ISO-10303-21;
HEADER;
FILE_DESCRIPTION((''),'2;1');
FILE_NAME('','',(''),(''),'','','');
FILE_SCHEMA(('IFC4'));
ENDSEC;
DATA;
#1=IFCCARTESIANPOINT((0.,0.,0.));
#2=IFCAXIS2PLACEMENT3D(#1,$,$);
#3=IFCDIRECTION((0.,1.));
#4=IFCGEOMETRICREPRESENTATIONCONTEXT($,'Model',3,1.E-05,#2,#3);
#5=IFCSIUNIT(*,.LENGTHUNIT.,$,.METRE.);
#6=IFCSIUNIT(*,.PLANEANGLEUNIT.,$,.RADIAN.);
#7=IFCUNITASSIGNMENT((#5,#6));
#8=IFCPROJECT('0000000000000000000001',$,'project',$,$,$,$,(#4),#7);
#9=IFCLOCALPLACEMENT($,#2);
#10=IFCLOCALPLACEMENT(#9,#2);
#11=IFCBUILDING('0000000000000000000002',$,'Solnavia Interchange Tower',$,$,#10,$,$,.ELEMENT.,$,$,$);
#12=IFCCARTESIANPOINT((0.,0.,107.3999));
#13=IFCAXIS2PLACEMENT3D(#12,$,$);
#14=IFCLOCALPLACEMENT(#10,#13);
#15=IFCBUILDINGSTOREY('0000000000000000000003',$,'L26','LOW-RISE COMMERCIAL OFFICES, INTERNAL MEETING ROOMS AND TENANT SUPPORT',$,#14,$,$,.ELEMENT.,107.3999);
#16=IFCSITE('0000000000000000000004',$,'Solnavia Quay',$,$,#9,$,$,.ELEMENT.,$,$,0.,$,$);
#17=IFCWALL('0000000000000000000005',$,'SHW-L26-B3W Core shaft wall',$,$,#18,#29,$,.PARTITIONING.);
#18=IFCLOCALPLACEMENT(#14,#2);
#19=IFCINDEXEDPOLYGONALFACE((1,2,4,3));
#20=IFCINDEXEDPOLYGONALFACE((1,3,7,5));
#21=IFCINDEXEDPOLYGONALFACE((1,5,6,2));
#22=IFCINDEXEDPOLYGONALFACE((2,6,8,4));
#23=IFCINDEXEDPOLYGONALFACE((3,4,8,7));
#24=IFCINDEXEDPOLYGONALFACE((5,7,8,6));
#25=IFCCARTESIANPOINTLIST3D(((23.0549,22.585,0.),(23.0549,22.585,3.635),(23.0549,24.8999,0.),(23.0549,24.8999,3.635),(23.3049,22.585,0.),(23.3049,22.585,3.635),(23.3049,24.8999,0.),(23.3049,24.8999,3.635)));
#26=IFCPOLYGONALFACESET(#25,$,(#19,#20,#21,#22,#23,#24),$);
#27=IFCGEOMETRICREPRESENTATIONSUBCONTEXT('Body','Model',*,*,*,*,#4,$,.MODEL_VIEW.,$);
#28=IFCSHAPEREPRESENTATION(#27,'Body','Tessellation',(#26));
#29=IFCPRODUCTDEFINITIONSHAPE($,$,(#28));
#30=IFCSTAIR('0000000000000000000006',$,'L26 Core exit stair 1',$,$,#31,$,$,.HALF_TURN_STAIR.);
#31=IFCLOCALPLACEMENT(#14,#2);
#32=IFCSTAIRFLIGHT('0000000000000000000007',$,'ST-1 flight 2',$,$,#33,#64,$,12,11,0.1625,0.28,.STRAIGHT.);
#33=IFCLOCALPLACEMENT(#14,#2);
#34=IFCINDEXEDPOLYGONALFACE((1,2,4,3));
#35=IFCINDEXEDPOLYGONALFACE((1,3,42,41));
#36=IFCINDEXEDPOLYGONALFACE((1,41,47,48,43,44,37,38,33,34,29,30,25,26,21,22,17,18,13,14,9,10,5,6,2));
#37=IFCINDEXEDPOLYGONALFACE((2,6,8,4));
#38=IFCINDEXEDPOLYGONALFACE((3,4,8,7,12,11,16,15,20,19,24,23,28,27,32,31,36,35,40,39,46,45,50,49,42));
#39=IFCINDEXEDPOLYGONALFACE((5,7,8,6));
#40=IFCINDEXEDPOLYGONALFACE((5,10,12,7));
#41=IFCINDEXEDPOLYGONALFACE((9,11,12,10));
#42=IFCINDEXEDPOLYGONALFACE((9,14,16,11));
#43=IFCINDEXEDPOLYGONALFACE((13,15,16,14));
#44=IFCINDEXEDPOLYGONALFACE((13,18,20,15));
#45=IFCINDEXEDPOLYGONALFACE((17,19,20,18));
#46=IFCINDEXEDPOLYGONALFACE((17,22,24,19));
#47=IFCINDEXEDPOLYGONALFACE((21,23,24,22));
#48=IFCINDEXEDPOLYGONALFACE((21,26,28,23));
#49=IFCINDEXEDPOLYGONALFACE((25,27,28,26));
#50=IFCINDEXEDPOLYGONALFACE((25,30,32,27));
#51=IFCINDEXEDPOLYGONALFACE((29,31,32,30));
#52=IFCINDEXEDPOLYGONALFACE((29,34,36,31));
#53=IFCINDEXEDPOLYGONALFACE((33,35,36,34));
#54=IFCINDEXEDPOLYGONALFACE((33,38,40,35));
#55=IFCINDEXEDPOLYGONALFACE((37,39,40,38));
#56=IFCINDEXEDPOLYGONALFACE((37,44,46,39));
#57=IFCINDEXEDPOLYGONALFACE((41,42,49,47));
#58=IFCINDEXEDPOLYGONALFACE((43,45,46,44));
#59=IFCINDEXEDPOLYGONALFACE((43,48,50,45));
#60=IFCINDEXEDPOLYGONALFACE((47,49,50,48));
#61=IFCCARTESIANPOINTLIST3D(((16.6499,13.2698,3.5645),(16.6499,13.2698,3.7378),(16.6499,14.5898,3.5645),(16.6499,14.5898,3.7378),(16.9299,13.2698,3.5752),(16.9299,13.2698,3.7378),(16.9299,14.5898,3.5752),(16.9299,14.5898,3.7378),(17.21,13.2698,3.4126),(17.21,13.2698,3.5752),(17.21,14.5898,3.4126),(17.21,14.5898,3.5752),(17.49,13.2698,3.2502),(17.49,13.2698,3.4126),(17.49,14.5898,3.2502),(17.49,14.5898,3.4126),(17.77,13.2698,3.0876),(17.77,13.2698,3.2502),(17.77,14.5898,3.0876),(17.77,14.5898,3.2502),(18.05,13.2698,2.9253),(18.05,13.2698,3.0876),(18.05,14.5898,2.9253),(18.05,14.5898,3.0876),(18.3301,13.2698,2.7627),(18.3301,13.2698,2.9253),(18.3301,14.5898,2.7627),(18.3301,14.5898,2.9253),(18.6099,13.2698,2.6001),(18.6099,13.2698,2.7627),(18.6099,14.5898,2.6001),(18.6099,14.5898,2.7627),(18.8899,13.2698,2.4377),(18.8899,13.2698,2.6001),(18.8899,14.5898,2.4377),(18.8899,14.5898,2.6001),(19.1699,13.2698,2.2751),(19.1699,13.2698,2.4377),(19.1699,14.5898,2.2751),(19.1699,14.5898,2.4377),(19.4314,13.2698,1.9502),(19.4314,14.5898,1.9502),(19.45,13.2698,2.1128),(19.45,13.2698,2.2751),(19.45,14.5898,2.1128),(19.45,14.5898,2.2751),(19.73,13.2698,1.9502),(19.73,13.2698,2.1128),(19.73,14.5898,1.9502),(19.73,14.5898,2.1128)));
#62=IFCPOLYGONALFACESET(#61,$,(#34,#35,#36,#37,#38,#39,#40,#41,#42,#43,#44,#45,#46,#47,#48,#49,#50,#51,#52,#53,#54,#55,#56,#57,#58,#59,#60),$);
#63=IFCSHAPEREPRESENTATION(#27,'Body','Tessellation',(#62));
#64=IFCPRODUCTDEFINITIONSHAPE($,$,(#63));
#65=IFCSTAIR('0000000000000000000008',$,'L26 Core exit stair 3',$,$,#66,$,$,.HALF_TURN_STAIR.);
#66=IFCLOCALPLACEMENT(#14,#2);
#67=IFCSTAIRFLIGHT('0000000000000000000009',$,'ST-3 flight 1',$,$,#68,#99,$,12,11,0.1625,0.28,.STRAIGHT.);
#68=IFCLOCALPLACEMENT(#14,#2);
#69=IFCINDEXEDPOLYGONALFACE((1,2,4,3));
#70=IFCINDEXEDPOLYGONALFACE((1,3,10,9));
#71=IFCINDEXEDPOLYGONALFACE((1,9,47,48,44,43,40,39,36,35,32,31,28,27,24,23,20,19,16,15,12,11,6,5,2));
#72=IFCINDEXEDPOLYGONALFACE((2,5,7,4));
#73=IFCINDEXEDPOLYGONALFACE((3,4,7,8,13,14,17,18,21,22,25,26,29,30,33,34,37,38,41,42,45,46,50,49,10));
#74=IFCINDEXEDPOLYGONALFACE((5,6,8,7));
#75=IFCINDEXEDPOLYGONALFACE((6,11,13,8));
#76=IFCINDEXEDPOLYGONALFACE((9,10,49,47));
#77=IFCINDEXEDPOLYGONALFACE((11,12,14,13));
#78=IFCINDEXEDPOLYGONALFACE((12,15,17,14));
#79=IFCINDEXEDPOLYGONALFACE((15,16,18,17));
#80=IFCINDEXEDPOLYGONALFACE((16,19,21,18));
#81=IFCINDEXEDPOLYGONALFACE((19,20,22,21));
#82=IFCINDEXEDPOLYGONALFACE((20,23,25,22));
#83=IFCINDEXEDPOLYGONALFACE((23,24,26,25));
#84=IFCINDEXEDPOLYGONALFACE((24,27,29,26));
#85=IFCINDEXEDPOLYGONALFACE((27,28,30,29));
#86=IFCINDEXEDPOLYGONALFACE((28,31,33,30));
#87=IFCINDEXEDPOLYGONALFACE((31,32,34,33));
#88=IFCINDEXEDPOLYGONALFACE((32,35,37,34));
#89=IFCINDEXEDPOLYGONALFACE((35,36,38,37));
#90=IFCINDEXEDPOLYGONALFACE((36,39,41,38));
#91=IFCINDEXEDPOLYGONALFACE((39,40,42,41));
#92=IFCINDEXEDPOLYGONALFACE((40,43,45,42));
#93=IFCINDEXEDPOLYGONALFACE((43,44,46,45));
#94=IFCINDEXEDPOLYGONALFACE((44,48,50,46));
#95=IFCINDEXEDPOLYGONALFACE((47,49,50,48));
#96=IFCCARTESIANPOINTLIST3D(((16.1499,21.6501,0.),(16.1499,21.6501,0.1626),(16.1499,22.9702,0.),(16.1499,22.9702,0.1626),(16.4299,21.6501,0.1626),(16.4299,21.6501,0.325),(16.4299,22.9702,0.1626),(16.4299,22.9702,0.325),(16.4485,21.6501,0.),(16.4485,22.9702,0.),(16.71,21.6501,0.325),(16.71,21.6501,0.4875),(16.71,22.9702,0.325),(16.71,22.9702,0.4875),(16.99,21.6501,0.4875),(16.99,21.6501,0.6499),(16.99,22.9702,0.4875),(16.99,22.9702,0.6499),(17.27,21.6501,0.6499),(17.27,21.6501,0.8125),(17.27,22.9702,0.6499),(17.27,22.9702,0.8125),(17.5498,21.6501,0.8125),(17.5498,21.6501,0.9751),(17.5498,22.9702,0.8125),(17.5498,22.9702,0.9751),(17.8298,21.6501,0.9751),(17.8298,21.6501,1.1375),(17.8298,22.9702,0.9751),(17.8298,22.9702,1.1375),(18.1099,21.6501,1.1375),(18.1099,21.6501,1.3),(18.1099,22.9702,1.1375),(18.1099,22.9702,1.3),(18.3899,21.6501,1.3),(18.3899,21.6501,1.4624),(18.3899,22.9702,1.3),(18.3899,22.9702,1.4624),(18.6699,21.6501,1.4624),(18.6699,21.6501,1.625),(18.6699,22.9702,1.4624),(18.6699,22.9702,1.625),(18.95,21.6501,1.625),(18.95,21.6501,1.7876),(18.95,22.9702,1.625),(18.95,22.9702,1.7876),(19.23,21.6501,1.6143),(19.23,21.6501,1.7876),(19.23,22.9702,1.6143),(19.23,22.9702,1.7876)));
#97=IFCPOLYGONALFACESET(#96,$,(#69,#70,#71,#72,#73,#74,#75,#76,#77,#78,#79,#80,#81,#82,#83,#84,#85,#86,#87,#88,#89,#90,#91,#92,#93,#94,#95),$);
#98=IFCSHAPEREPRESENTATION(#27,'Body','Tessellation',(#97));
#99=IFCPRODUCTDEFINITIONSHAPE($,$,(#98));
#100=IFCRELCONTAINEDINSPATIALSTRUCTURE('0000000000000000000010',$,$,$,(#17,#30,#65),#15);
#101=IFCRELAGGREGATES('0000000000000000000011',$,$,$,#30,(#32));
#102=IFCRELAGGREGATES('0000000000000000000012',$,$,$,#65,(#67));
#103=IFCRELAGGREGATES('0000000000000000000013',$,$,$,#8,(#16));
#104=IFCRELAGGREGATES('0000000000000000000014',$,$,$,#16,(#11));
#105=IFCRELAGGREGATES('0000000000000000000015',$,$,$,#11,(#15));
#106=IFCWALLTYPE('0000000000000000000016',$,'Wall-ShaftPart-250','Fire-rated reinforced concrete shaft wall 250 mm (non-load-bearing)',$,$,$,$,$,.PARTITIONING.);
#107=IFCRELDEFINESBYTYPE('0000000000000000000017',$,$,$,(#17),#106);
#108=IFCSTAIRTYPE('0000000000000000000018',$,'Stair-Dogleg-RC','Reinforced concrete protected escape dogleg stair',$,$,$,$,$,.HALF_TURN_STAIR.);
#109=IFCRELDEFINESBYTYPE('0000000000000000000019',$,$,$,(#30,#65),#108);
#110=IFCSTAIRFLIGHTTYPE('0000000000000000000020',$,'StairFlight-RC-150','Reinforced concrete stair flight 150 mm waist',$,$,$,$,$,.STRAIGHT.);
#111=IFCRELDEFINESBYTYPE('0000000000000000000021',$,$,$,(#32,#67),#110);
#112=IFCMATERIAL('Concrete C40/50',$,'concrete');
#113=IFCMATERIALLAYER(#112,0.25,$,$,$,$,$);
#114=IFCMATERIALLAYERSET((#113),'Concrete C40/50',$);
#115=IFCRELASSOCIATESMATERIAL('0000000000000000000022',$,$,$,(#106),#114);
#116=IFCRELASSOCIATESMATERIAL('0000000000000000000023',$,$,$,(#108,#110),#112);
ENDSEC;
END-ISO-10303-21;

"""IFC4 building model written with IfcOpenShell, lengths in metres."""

from ifc_helpers import new_model, si_unit, direction, frame, frame_2d, origin, place, context, subcontext, project, spatial, polyline, rectangle, outline, extrude, material, layer, layer_set, type_object, element, aggregate, save


model = new_model("IFC4")

# Units and contexts
model_context = context("Model", 3, precision=1e-05, world=origin(), true_north=direction((0.0, 1.0)))
body_context = subcontext(model_context, "Body", "Model", "MODEL_VIEW")
ifc_project = project(units=[si_unit("LENGTHUNIT", "METRE"), si_unit("PLANEANGLEUNIT", "RADIAN")], contexts=[model_context])

# Site, building, storey
site_placement = place(None, origin())
site = spatial("IfcSite", under=ifc_project, at=site_placement, Name="Solnavia Quay", CompositionType="ELEMENT", RefElevation=0.0)
building_placement = place(site_placement, origin())
building = spatial("IfcBuilding", under=site, at=building_placement, Name="Solnavia Interchange Tower", CompositionType="ELEMENT")
storey_placement = place(building_placement, frame((0.0, 0.0, 107.3999)))
storey = spatial("IfcBuildingStorey", under=building, at=storey_placement, Name="L26", Description="LOW-RISE COMMERCIAL OFFICES, INTERNAL MEETING ROOMS AND TENANT SUPPORT", CompositionType="ELEMENT", Elevation=107.3999)

# Shared definitions
ifc_material_1 = material(Name="Concrete C40/50", Category="concrete")

# Shared definitions
ifc_layer_1 = layer(ifc_material_1, 0.25)
ifc_layer_set_1 = layer_set([ifc_layer_1], Name="Concrete C40/50")
wall_type_1 = type_object("IfcWallType", Name="Wall-ShaftPart-250", Description="Fire-rated reinforced concrete shaft wall 250 mm (non-load-bearing)", PredefinedType="PARTITIONING", material=ifc_layer_set_1)

# Wall
wall_1_placement = place(storey_placement, frame((23.1799, 22.585, 0.0), z_axis=(0.0, 0.0, 1.0), x_axis=(0.0, 1.0, 0.0)))
element("IfcWall", 1, at=wall_1_placement, inside=storey, type_object=wall_type_1, Name="SHW-L26-B3W Core shaft wall", PredefinedType="PARTITIONING", context=body_context, shape_type="SweptSolid", body=[
    extrude(rectangle(XDim=2.3149, YDim=0.25, at=frame_2d((1.1575, 0.0))), origin(), (0.0, 0.0, 1.0), 3.635),
])

# Stairs, stair flights
stair_type = type_object("IfcStairType", Name="Stair-Dogleg-RC", Description="Reinforced concrete protected escape dogleg stair", PredefinedType="HALF_TURN_STAIR", material=ifc_material_1)
stair_1_placement = place(storey_placement, origin())
stair_1 = element("IfcStair", 2, at=stair_1_placement, inside=storey, type_object=stair_type, Name="L26 Core exit stair 1", PredefinedType="HALF_TURN_STAIR")
stair_flight_type = type_object("IfcStairFlightType", Name="StairFlight-RC-150", Description="Reinforced concrete stair flight 150 mm waist", PredefinedType="STRAIGHT", material=ifc_material_1)
stair_flight_1_placement = place(storey_placement, frame((19.73, 13.9299, 1.9502), z_axis=(0.0, 0.0, 1.0), x_axis=(-1.0, 0.0, 0.0)))
stair_flight_1 = element("IfcStairFlight", 3, at=stair_flight_1_placement, type_object=stair_flight_type, Name="ST-1 flight 2", NumberOfRisers=12, NumberOfTreads=11, PredefinedType="STRAIGHT", RiserHeight=0.1625, TreadLength=0.28, context=body_context, shape_type="SweptSolid", body=[
    extrude(outline(polyline([(0.0, 0.0), (0.0, 0.1626), (0.28, 0.1626), (0.28, 0.325), (0.5601, 0.325), (0.5601, 0.4875), (0.8401, 0.4875), (0.8401, 0.6499), (1.1201, 0.6499), (1.1201, 0.8125), (1.3999, 0.8125), (1.3999, 0.9751), (1.6799, 0.9751), (1.6799, 1.1375), (1.96, 1.1375), (1.96, 1.3), (2.24, 1.3), (2.24, 1.4624), (2.52, 1.4624), (2.52, 1.625), (2.8, 1.625), (2.8, 1.7876), (3.0801, 1.7876), (3.0801, 1.95), (3.0801, 1.6143), (0.2986, 0.0), (0.0, 0.0)])), frame((0.0, 0.6602, 0.0), z_axis=(0.0, -1.0, 0.0), x_axis=(1.0, 0.0, 0.0)), (0.0, 0.0, 1.0), 1.3201),
])
aggregate(stair_1, [stair_flight_1])
stair_2_placement = place(storey_placement, origin())
stair_2 = element("IfcStair", 4, at=stair_2_placement, inside=storey, type_object=stair_type, Name="L26 Core exit stair 3", PredefinedType="HALF_TURN_STAIR")
stair_flight_2_placement = place(storey_placement, frame((16.1499, 22.3101, 0.0), z_axis=(0.0, 0.0, 1.0), x_axis=(1.0, 0.0, 0.0)))
stair_flight_2 = element("IfcStairFlight", 5, at=stair_flight_2_placement, type_object=stair_flight_type, Name="ST-3 flight 1", NumberOfRisers=12, NumberOfTreads=11, PredefinedType="STRAIGHT", RiserHeight=0.1625, TreadLength=0.28, context=body_context, shape_type="SweptSolid", body=[
    extrude(outline(polyline([(0.0, 0.0), (0.0, 0.1626), (0.28, 0.1626), (0.28, 0.325), (0.5601, 0.325), (0.5601, 0.4875), (0.8401, 0.4875), (0.8401, 0.6499), (1.1201, 0.6499), (1.1201, 0.8125), (1.3999, 0.8125), (1.3999, 0.9751), (1.6799, 0.9751), (1.6799, 1.1375), (1.96, 1.1375), (1.96, 1.3), (2.24, 1.3), (2.24, 1.4624), (2.52, 1.4624), (2.52, 1.625), (2.8, 1.625), (2.8, 1.7876), (3.0801, 1.7876), (3.0801, 1.95), (3.0801, 1.6143), (0.2986, 0.0), (0.0, 0.0)])), frame((0.0, 0.6602, 0.0), z_axis=(0.0, -1.0, 0.0), x_axis=(1.0, 0.0, 0.0)), (0.0, 0.0, 1.0), 1.3201),
])
aggregate(stair_2, [stair_flight_2])

save(model, "model.ifc")
